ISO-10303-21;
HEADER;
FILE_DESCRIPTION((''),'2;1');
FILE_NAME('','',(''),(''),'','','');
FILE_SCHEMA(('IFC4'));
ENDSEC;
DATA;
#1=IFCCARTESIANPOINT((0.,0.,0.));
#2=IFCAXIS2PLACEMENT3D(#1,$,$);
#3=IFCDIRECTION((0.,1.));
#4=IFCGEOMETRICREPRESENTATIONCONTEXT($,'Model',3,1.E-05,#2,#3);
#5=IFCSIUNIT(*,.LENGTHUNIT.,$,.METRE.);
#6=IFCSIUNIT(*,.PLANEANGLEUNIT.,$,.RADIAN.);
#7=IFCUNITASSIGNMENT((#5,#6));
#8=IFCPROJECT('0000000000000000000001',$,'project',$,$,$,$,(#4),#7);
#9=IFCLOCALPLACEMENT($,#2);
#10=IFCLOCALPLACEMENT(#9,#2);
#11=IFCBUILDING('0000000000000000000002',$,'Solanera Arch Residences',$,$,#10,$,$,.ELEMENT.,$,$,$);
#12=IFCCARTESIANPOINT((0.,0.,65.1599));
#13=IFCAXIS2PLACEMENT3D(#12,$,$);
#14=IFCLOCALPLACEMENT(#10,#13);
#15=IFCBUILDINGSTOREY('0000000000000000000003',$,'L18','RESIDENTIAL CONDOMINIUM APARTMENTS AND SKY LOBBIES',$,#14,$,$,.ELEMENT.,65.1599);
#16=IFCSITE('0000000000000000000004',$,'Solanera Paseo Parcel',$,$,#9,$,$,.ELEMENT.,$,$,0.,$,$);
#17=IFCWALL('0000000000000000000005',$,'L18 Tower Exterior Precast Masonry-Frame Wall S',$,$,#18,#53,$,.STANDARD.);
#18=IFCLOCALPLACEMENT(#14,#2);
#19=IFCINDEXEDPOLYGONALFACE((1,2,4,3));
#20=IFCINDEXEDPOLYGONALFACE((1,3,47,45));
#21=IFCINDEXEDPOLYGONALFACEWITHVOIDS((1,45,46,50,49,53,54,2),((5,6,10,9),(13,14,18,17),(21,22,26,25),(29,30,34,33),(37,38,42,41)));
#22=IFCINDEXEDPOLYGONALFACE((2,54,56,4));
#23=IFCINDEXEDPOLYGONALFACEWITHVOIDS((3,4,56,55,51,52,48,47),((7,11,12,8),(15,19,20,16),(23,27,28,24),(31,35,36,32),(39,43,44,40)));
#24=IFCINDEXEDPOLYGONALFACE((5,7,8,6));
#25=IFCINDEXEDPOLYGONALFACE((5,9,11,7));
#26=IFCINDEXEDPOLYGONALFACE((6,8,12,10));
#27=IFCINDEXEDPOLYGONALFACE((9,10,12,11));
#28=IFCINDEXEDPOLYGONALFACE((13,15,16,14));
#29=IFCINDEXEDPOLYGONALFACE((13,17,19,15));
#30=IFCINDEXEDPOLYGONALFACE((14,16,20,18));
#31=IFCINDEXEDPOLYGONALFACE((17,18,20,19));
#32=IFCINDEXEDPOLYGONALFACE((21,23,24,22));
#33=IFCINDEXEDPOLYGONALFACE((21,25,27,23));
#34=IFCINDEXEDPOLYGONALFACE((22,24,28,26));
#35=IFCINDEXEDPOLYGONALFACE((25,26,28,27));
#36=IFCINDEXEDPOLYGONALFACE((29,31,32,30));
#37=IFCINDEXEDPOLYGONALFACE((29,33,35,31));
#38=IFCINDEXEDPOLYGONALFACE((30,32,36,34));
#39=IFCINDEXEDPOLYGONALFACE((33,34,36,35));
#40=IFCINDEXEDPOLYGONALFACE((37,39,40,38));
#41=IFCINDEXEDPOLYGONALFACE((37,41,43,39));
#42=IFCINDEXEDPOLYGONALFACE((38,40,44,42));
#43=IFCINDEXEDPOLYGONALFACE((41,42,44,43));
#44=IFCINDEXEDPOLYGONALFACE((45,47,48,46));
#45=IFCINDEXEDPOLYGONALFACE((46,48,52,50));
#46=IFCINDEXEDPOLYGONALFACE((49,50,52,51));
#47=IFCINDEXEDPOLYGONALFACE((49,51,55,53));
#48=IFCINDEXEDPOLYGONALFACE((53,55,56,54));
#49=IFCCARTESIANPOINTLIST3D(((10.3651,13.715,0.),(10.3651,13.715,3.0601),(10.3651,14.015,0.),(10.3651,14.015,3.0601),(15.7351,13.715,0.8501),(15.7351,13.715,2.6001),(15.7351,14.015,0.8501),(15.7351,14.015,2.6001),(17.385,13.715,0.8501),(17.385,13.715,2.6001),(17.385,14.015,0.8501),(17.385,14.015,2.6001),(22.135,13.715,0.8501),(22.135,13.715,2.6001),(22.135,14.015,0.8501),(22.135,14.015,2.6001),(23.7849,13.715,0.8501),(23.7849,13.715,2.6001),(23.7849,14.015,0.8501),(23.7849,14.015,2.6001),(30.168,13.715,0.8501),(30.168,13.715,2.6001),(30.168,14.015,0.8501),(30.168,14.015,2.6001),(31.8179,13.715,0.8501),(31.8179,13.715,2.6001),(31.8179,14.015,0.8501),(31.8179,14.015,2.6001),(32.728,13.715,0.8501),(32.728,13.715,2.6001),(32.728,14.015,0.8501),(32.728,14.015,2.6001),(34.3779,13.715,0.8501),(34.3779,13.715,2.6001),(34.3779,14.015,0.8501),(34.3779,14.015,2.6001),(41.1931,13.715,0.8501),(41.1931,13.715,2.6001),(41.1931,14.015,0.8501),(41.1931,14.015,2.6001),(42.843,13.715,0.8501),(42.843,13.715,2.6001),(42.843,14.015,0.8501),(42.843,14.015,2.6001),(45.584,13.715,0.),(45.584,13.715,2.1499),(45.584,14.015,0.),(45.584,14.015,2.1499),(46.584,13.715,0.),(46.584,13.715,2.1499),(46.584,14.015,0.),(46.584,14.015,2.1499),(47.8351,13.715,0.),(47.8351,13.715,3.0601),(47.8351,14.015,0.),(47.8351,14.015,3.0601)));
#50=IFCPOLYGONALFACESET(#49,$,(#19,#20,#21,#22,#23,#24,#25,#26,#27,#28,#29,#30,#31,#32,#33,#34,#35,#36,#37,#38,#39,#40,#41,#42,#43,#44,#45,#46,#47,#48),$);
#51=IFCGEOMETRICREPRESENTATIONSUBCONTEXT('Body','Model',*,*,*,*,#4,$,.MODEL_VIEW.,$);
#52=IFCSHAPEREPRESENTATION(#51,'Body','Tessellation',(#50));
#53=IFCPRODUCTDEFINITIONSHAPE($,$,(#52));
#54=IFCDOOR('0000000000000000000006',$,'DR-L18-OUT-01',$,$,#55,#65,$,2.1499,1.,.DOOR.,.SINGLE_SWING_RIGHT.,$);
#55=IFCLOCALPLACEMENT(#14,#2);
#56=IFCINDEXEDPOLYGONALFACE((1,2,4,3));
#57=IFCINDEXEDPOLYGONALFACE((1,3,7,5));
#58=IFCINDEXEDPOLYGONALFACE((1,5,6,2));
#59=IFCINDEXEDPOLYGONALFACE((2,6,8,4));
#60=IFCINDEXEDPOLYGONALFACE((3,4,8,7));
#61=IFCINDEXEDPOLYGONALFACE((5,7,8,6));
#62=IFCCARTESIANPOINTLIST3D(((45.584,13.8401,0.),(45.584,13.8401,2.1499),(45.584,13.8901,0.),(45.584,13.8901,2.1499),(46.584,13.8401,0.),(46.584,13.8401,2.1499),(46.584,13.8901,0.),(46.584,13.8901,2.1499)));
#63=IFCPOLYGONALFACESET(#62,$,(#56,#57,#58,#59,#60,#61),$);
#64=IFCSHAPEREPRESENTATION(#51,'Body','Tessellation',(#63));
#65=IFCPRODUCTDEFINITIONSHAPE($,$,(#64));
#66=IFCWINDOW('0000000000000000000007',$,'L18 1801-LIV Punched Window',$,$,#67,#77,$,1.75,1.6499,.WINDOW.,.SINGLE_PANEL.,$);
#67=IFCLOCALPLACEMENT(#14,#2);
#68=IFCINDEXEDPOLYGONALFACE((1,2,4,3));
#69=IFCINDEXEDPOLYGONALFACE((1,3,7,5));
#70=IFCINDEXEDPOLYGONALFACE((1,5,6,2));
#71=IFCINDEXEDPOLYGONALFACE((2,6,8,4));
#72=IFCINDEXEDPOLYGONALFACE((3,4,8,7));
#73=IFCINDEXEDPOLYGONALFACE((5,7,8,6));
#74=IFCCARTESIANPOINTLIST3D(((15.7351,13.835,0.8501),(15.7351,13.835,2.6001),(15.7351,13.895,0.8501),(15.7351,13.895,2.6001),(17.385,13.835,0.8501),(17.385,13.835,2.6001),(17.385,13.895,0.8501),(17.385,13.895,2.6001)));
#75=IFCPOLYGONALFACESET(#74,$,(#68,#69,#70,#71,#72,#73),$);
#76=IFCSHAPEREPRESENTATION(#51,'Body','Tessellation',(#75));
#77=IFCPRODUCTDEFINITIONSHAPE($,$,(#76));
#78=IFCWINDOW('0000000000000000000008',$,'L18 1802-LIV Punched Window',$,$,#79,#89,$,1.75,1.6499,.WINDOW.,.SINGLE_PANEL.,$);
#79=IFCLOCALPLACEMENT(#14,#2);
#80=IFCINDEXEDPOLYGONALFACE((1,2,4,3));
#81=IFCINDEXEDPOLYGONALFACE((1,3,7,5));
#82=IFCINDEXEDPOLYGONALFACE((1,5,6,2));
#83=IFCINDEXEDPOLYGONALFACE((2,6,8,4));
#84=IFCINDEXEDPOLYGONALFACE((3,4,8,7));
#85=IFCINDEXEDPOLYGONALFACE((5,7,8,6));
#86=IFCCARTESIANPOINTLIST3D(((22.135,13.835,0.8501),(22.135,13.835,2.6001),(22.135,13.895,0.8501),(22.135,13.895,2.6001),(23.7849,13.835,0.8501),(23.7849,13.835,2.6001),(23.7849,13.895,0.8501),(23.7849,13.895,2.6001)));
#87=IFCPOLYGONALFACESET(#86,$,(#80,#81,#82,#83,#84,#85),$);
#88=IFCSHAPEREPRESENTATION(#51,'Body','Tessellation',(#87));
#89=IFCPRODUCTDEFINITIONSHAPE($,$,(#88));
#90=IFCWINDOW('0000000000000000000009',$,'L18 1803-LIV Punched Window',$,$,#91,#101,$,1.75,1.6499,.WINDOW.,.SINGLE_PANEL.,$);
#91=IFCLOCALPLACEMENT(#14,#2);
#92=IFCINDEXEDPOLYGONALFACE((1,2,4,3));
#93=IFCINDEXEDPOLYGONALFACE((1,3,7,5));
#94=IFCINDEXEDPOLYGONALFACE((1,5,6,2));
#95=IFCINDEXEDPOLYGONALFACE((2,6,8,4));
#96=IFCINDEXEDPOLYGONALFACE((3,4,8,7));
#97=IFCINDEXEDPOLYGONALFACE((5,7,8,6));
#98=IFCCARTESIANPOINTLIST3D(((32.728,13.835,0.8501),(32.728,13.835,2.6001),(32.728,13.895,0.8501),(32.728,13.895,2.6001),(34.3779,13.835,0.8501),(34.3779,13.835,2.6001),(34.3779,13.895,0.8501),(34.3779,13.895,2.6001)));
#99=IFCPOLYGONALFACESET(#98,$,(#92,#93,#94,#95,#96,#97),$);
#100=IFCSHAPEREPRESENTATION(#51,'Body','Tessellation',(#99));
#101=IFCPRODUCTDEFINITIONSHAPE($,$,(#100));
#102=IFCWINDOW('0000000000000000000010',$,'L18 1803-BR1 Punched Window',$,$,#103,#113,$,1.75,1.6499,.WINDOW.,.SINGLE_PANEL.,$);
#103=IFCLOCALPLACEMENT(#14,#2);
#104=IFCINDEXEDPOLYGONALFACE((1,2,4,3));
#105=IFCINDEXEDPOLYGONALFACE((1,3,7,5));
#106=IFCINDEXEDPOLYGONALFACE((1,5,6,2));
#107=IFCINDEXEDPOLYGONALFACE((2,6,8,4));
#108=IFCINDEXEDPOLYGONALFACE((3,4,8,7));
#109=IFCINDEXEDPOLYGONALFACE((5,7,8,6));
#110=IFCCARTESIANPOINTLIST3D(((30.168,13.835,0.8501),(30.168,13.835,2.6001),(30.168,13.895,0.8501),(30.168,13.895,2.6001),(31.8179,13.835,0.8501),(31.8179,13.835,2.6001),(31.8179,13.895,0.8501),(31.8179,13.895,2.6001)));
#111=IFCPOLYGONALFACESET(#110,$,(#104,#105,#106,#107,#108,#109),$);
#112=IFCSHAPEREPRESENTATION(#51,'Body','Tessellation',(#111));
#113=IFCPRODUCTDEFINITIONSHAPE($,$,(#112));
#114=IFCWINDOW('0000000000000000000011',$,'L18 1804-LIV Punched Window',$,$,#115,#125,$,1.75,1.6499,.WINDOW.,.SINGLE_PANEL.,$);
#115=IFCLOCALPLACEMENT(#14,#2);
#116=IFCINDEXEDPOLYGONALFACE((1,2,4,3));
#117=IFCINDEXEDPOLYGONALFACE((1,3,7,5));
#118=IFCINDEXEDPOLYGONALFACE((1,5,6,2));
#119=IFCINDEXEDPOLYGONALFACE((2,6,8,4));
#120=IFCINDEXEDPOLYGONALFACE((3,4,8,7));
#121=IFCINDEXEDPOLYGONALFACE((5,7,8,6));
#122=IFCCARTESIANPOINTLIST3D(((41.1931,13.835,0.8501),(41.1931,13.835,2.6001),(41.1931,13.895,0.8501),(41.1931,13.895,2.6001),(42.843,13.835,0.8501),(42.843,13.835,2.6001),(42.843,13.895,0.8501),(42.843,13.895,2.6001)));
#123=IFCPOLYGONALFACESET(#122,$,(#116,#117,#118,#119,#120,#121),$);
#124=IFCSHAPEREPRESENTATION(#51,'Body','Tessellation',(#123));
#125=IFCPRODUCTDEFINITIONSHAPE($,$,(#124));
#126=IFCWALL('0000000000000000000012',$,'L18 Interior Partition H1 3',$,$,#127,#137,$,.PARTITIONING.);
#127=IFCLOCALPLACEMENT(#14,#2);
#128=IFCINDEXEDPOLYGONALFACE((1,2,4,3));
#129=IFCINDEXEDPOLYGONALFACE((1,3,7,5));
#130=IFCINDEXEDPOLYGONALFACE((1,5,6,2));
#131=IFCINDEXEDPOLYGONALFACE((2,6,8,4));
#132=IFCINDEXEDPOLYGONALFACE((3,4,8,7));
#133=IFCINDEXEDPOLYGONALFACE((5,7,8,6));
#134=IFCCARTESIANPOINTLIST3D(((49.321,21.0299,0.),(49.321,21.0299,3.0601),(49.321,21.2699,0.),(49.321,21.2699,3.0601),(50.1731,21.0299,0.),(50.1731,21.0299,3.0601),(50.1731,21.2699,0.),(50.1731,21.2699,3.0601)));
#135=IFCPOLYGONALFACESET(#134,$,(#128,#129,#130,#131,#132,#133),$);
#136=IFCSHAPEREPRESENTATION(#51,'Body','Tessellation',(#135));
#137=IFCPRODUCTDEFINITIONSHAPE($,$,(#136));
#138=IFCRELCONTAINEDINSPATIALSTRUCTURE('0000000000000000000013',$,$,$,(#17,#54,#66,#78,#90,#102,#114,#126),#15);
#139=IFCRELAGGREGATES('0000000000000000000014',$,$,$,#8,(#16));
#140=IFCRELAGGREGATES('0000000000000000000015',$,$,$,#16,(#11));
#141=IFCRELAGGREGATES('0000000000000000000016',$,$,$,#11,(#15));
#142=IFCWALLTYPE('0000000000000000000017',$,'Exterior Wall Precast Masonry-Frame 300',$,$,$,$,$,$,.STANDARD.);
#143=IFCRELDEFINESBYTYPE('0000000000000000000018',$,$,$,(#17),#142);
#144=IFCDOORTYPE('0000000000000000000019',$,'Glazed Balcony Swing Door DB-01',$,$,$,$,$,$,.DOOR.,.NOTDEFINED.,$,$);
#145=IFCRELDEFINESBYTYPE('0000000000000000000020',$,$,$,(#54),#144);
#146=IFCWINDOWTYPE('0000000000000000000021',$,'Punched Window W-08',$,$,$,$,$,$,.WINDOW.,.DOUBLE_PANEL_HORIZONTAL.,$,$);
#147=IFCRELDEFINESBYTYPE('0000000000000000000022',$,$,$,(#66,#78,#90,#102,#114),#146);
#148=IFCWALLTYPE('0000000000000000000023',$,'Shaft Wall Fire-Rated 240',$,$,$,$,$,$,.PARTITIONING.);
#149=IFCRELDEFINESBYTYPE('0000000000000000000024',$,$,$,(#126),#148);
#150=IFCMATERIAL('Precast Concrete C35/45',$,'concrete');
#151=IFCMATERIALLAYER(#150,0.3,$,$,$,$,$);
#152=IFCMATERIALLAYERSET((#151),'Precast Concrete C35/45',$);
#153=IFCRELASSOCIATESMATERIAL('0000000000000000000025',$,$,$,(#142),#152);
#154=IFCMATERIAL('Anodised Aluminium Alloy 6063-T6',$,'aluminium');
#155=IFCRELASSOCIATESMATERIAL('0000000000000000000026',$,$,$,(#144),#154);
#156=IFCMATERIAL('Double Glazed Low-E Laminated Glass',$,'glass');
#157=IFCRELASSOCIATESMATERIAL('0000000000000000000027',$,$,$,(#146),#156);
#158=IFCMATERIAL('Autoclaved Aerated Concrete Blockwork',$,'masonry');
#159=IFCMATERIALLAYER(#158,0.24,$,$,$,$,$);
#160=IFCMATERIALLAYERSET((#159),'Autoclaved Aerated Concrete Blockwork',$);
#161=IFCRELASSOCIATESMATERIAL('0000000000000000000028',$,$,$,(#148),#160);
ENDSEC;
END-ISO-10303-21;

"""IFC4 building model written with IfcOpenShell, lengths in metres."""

from ifc_helpers import new_model, si_unit, direction, frame, frame_2d, origin, place, context, subcontext, project, spatial, rectangle, extrude, material, layer, layer_set, type_object, element, fill, save


model = new_model("IFC4")

# Units and contexts
model_context = context("Model", 3, precision=1e-05, world=origin(), true_north=direction((0.0, 1.0)))
body_context = subcontext(model_context, "Body", "Model", "MODEL_VIEW")
ifc_project = project(units=[si_unit("LENGTHUNIT", "METRE"), si_unit("PLANEANGLEUNIT", "RADIAN")], contexts=[model_context])

# Site, building, storey
site_placement = place(None, origin())
site = spatial("IfcSite", under=ifc_project, at=site_placement, Name="Solanera Paseo Parcel", CompositionType="ELEMENT", RefElevation=0.0)
building_placement = place(site_placement, origin())
building = spatial("IfcBuilding", under=site, at=building_placement, Name="Solanera Arch Residences", CompositionType="ELEMENT")
storey_placement = place(building_placement, frame((0.0, 0.0, 65.1599)))
storey = spatial("IfcBuildingStorey", under=building, at=storey_placement, Name="L18", Description="RESIDENTIAL CONDOMINIUM APARTMENTS AND SKY LOBBIES", CompositionType="ELEMENT", Elevation=65.1599)

# Shared definitions
ifc_material_1 = material(Name="Precast Concrete C35/45", Category="concrete")
ifc_layer_1 = layer(ifc_material_1, 0.3)
ifc_layer_set_1 = layer_set([ifc_layer_1], Name="Precast Concrete C35/45")
wall_type_1 = type_object("IfcWallType", Name="Exterior Wall Precast Masonry-Frame 300", PredefinedType="STANDARD", material=ifc_layer_set_1)

# Wall, openings, door, windows
wall_1_placement = place(storey_placement, frame((47.835, 13.865, 0.0), z_axis=(0.0, 0.0, 1.0), x_axis=(-1.0, 0.0, 0.0)))
wall_1 = element("IfcWall", 1, at=wall_1_placement, inside=storey, type_object=wall_type_1, Name="L18 Tower Exterior Precast Masonry-Frame Wall S", PredefinedType="STANDARD", context=body_context, shape_type="SweptSolid", body=[
    extrude(rectangle(XDim=37.47, YDim=0.3, at=frame_2d((18.7349, 0.0))), origin(), (0.0, 0.0, 1.0), 3.0601),
])
opening_1_placement = place(wall_1_placement, frame((1.251, 0.0, 0.0)))
opening_1 = element("IfcOpeningElement", 2, at=opening_1_placement, cuts=wall_1, PredefinedType="OPENING", context=body_context, shape_type="SweptSolid", body=[
    extrude(rectangle(XDim=1.0, YDim=2.1499, at=frame_2d((0.5, 1.075))), frame((0.0, 0.1599, 0.0), z_axis=(0.0, -1.0, 0.0), x_axis=(1.0, 0.0, 0.0)), (0.0, 0.0, 1.0), 0.32),
])
opening_2_placement = place(wall_1_placement, frame((30.45, 0.0, 0.8501)))
opening_2 = element("IfcOpeningElement", 3, at=opening_2_placement, cuts=wall_1, PredefinedType="OPENING", context=body_context, shape_type="SweptSolid", body=[
    extrude(rectangle(XDim=1.6499, YDim=1.75, at=frame_2d((0.825, 0.875))), frame((0.0, 0.1599, 0.0), z_axis=(0.0, -1.0, 0.0), x_axis=(1.0, 0.0, 0.0)), (0.0, 0.0, 1.0), 0.32),
])
opening_3_placement = place(wall_1_placement, frame((24.05, 0.0, 0.8501)))
opening_3 = element("IfcOpeningElement", 4, at=opening_3_placement, cuts=wall_1, PredefinedType="OPENING", context=body_context, shape_type="SweptSolid", body=[
    extrude(rectangle(XDim=1.6499, YDim=1.75, at=frame_2d((0.825, 0.875))), frame((0.0, 0.1599, 0.0), z_axis=(0.0, -1.0, 0.0), x_axis=(1.0, 0.0, 0.0)), (0.0, 0.0, 1.0), 0.32),
])
opening_4_placement = place(wall_1_placement, frame((13.457, 0.0, 0.8501)))
opening_4 = element("IfcOpeningElement", 5, at=opening_4_placement, cuts=wall_1, PredefinedType="OPENING", context=body_context, shape_type="SweptSolid", body=[
    extrude(rectangle(XDim=1.6499, YDim=1.75, at=frame_2d((0.825, 0.875))), frame((0.0, 0.1599, 0.0), z_axis=(0.0, -1.0, 0.0), x_axis=(1.0, 0.0, 0.0)), (0.0, 0.0, 1.0), 0.32),
])
opening_5_placement = place(wall_1_placement, frame((16.0171, 0.0, 0.8501)))
opening_5 = element("IfcOpeningElement", 6, at=opening_5_placement, cuts=wall_1, PredefinedType="OPENING", context=body_context, shape_type="SweptSolid", body=[
    extrude(rectangle(XDim=1.6499, YDim=1.75, at=frame_2d((0.825, 0.875))), frame((0.0, 0.1599, 0.0), z_axis=(0.0, -1.0, 0.0), x_axis=(1.0, 0.0, 0.0)), (0.0, 0.0, 1.0), 0.32),
])
opening_6_placement = place(wall_1_placement, frame((4.9919, 0.0, 0.8501)))
opening_6 = element("IfcOpeningElement", 7, at=opening_6_placement, cuts=wall_1, PredefinedType="OPENING", context=body_context, shape_type="SweptSolid", body=[
    extrude(rectangle(XDim=1.6499, YDim=1.75, at=frame_2d((0.825, 0.875))), frame((0.0, 0.1599, 0.0), z_axis=(0.0, -1.0, 0.0), x_axis=(1.0, 0.0, 0.0)), (0.0, 0.0, 1.0), 0.32),
])
ifc_material_2 = material(Name="Anodised Aluminium Alloy 6063-T6", Category="aluminium")
door_type_1 = type_object("IfcDoorType", Name="Glazed Balcony Swing Door DB-01", OperationType="NOTDEFINED", PredefinedType="DOOR", material=ifc_material_2)
door_1_placement = place(opening_1_placement, origin())
door_1 = element("IfcDoor", 8, at=door_1_placement, inside=storey, type_object=door_type_1, Name="DR-L18-OUT-01", OperationType="SINGLE_SWING_RIGHT", OverallHeight=2.1499, OverallWidth=1.0, PredefinedType="DOOR", context=body_context, shape_type="SweptSolid", body=[
    extrude(rectangle(XDim=1.0, YDim=2.1499, at=frame_2d((0.5, 1.075))), frame((0.0, 0.0249, 0.0), z_axis=(0.0, -1.0, 0.0), x_axis=(1.0, 0.0, 0.0)), (0.0, 0.0, 1.0), 0.05),
])
fill(opening_1, door_1)
ifc_material_3 = material(Name="Double Glazed Low-E Laminated Glass", Category="glass")
window_type = type_object("IfcWindowType", Name="Punched Window W-08", PartitioningType="DOUBLE_PANEL_HORIZONTAL", PredefinedType="WINDOW", material=ifc_material_3)
window_1_placement = place(opening_2_placement, origin())
window_1 = element("IfcWindow", 9, at=window_1_placement, inside=storey, type_object=window_type, Name="L18 1801-LIV Punched Window", OverallHeight=1.75, OverallWidth=1.6499, PartitioningType="SINGLE_PANEL", PredefinedType="WINDOW", context=body_context, shape_type="SweptSolid", body=[
    extrude(rectangle(XDim=1.6499, YDim=1.75, at=frame_2d((0.825, 0.875))), frame((0.0, 0.03, 0.0), z_axis=(0.0, -1.0, 0.0), x_axis=(1.0, 0.0, 0.0)), (0.0, 0.0, 1.0), 0.0601),
])
fill(opening_2, window_1)
window_2_placement = place(opening_3_placement, origin())
window_2 = element("IfcWindow", 10, at=window_2_placement, inside=storey, type_object=window_type, Name="L18 1802-LIV Punched Window", OverallHeight=1.75, OverallWidth=1.6499, PartitioningType="SINGLE_PANEL", PredefinedType="WINDOW", context=body_context, shape_type="SweptSolid", body=[
    extrude(rectangle(XDim=1.6499, YDim=1.75, at=frame_2d((0.825, 0.875))), frame((0.0, 0.03, 0.0), z_axis=(0.0, -1.0, 0.0), x_axis=(1.0, 0.0, 0.0)), (0.0, 0.0, 1.0), 0.0601),
])
fill(opening_3, window_2)
window_3_placement = place(opening_4_placement, origin())
window_3 = element("IfcWindow", 11, at=window_3_placement, inside=storey, type_object=window_type, Name="L18 1803-LIV Punched Window", OverallHeight=1.75, OverallWidth=1.6499, PartitioningType="SINGLE_PANEL", PredefinedType="WINDOW", context=body_context, shape_type="SweptSolid", body=[
    extrude(rectangle(XDim=1.6499, YDim=1.75, at=frame_2d((0.825, 0.875))), frame((0.0, 0.03, 0.0), z_axis=(0.0, -1.0, 0.0), x_axis=(1.0, 0.0, 0.0)), (0.0, 0.0, 1.0), 0.0601),
])
fill(opening_4, window_3)
window_4_placement = place(opening_5_placement, origin())
window_4 = element("IfcWindow", 12, at=window_4_placement, inside=storey, type_object=window_type, Name="L18 1803-BR1 Punched Window", OverallHeight=1.75, OverallWidth=1.6499, PartitioningType="SINGLE_PANEL", PredefinedType="WINDOW", context=body_context, shape_type="SweptSolid", body=[
    extrude(rectangle(XDim=1.6499, YDim=1.75, at=frame_2d((0.825, 0.875))), frame((0.0, 0.03, 0.0), z_axis=(0.0, -1.0, 0.0), x_axis=(1.0, 0.0, 0.0)), (0.0, 0.0, 1.0), 0.0601),
])
fill(opening_5, window_4)
window_5_placement = place(opening_6_placement, origin())
window_5 = element("IfcWindow", 13, at=window_5_placement, inside=storey, type_object=window_type, Name="L18 1804-LIV Punched Window", OverallHeight=1.75, OverallWidth=1.6499, PartitioningType="SINGLE_PANEL", PredefinedType="WINDOW", context=body_context, shape_type="SweptSolid", body=[
    extrude(rectangle(XDim=1.6499, YDim=1.75, at=frame_2d((0.825, 0.875))), frame((0.0, 0.03, 0.0), z_axis=(0.0, -1.0, 0.0), x_axis=(1.0, 0.0, 0.0)), (0.0, 0.0, 1.0), 0.0601),
])
fill(opening_6, window_5)

# Wall
ifc_material_4 = material(Name="Autoclaved Aerated Concrete Blockwork", Category="masonry")
ifc_layer_2 = layer(ifc_material_4, 0.24)
ifc_layer_set_2 = layer_set([ifc_layer_2], Name="Autoclaved Aerated Concrete Blockwork")
wall_type_2 = type_object("IfcWallType", Name="Shaft Wall Fire-Rated 240", PredefinedType="PARTITIONING", material=ifc_layer_set_2)
wall_2_placement = place(storey_placement, frame((49.321, 21.1499, 0.0), z_axis=(0.0, 0.0, 1.0), x_axis=(1.0, 0.0, 0.0)))
element("IfcWall", 14, at=wall_2_placement, inside=storey, type_object=wall_type_2, Name="L18 Interior Partition H1 3", PredefinedType="PARTITIONING", context=body_context, shape_type="SweptSolid", body=[
    extrude(rectangle(XDim=0.8521, YDim=0.24, at=frame_2d((0.426, 0.0))), origin(), (0.0, 0.0, 1.0), 3.0601),
])

save(model, "model.ifc")
